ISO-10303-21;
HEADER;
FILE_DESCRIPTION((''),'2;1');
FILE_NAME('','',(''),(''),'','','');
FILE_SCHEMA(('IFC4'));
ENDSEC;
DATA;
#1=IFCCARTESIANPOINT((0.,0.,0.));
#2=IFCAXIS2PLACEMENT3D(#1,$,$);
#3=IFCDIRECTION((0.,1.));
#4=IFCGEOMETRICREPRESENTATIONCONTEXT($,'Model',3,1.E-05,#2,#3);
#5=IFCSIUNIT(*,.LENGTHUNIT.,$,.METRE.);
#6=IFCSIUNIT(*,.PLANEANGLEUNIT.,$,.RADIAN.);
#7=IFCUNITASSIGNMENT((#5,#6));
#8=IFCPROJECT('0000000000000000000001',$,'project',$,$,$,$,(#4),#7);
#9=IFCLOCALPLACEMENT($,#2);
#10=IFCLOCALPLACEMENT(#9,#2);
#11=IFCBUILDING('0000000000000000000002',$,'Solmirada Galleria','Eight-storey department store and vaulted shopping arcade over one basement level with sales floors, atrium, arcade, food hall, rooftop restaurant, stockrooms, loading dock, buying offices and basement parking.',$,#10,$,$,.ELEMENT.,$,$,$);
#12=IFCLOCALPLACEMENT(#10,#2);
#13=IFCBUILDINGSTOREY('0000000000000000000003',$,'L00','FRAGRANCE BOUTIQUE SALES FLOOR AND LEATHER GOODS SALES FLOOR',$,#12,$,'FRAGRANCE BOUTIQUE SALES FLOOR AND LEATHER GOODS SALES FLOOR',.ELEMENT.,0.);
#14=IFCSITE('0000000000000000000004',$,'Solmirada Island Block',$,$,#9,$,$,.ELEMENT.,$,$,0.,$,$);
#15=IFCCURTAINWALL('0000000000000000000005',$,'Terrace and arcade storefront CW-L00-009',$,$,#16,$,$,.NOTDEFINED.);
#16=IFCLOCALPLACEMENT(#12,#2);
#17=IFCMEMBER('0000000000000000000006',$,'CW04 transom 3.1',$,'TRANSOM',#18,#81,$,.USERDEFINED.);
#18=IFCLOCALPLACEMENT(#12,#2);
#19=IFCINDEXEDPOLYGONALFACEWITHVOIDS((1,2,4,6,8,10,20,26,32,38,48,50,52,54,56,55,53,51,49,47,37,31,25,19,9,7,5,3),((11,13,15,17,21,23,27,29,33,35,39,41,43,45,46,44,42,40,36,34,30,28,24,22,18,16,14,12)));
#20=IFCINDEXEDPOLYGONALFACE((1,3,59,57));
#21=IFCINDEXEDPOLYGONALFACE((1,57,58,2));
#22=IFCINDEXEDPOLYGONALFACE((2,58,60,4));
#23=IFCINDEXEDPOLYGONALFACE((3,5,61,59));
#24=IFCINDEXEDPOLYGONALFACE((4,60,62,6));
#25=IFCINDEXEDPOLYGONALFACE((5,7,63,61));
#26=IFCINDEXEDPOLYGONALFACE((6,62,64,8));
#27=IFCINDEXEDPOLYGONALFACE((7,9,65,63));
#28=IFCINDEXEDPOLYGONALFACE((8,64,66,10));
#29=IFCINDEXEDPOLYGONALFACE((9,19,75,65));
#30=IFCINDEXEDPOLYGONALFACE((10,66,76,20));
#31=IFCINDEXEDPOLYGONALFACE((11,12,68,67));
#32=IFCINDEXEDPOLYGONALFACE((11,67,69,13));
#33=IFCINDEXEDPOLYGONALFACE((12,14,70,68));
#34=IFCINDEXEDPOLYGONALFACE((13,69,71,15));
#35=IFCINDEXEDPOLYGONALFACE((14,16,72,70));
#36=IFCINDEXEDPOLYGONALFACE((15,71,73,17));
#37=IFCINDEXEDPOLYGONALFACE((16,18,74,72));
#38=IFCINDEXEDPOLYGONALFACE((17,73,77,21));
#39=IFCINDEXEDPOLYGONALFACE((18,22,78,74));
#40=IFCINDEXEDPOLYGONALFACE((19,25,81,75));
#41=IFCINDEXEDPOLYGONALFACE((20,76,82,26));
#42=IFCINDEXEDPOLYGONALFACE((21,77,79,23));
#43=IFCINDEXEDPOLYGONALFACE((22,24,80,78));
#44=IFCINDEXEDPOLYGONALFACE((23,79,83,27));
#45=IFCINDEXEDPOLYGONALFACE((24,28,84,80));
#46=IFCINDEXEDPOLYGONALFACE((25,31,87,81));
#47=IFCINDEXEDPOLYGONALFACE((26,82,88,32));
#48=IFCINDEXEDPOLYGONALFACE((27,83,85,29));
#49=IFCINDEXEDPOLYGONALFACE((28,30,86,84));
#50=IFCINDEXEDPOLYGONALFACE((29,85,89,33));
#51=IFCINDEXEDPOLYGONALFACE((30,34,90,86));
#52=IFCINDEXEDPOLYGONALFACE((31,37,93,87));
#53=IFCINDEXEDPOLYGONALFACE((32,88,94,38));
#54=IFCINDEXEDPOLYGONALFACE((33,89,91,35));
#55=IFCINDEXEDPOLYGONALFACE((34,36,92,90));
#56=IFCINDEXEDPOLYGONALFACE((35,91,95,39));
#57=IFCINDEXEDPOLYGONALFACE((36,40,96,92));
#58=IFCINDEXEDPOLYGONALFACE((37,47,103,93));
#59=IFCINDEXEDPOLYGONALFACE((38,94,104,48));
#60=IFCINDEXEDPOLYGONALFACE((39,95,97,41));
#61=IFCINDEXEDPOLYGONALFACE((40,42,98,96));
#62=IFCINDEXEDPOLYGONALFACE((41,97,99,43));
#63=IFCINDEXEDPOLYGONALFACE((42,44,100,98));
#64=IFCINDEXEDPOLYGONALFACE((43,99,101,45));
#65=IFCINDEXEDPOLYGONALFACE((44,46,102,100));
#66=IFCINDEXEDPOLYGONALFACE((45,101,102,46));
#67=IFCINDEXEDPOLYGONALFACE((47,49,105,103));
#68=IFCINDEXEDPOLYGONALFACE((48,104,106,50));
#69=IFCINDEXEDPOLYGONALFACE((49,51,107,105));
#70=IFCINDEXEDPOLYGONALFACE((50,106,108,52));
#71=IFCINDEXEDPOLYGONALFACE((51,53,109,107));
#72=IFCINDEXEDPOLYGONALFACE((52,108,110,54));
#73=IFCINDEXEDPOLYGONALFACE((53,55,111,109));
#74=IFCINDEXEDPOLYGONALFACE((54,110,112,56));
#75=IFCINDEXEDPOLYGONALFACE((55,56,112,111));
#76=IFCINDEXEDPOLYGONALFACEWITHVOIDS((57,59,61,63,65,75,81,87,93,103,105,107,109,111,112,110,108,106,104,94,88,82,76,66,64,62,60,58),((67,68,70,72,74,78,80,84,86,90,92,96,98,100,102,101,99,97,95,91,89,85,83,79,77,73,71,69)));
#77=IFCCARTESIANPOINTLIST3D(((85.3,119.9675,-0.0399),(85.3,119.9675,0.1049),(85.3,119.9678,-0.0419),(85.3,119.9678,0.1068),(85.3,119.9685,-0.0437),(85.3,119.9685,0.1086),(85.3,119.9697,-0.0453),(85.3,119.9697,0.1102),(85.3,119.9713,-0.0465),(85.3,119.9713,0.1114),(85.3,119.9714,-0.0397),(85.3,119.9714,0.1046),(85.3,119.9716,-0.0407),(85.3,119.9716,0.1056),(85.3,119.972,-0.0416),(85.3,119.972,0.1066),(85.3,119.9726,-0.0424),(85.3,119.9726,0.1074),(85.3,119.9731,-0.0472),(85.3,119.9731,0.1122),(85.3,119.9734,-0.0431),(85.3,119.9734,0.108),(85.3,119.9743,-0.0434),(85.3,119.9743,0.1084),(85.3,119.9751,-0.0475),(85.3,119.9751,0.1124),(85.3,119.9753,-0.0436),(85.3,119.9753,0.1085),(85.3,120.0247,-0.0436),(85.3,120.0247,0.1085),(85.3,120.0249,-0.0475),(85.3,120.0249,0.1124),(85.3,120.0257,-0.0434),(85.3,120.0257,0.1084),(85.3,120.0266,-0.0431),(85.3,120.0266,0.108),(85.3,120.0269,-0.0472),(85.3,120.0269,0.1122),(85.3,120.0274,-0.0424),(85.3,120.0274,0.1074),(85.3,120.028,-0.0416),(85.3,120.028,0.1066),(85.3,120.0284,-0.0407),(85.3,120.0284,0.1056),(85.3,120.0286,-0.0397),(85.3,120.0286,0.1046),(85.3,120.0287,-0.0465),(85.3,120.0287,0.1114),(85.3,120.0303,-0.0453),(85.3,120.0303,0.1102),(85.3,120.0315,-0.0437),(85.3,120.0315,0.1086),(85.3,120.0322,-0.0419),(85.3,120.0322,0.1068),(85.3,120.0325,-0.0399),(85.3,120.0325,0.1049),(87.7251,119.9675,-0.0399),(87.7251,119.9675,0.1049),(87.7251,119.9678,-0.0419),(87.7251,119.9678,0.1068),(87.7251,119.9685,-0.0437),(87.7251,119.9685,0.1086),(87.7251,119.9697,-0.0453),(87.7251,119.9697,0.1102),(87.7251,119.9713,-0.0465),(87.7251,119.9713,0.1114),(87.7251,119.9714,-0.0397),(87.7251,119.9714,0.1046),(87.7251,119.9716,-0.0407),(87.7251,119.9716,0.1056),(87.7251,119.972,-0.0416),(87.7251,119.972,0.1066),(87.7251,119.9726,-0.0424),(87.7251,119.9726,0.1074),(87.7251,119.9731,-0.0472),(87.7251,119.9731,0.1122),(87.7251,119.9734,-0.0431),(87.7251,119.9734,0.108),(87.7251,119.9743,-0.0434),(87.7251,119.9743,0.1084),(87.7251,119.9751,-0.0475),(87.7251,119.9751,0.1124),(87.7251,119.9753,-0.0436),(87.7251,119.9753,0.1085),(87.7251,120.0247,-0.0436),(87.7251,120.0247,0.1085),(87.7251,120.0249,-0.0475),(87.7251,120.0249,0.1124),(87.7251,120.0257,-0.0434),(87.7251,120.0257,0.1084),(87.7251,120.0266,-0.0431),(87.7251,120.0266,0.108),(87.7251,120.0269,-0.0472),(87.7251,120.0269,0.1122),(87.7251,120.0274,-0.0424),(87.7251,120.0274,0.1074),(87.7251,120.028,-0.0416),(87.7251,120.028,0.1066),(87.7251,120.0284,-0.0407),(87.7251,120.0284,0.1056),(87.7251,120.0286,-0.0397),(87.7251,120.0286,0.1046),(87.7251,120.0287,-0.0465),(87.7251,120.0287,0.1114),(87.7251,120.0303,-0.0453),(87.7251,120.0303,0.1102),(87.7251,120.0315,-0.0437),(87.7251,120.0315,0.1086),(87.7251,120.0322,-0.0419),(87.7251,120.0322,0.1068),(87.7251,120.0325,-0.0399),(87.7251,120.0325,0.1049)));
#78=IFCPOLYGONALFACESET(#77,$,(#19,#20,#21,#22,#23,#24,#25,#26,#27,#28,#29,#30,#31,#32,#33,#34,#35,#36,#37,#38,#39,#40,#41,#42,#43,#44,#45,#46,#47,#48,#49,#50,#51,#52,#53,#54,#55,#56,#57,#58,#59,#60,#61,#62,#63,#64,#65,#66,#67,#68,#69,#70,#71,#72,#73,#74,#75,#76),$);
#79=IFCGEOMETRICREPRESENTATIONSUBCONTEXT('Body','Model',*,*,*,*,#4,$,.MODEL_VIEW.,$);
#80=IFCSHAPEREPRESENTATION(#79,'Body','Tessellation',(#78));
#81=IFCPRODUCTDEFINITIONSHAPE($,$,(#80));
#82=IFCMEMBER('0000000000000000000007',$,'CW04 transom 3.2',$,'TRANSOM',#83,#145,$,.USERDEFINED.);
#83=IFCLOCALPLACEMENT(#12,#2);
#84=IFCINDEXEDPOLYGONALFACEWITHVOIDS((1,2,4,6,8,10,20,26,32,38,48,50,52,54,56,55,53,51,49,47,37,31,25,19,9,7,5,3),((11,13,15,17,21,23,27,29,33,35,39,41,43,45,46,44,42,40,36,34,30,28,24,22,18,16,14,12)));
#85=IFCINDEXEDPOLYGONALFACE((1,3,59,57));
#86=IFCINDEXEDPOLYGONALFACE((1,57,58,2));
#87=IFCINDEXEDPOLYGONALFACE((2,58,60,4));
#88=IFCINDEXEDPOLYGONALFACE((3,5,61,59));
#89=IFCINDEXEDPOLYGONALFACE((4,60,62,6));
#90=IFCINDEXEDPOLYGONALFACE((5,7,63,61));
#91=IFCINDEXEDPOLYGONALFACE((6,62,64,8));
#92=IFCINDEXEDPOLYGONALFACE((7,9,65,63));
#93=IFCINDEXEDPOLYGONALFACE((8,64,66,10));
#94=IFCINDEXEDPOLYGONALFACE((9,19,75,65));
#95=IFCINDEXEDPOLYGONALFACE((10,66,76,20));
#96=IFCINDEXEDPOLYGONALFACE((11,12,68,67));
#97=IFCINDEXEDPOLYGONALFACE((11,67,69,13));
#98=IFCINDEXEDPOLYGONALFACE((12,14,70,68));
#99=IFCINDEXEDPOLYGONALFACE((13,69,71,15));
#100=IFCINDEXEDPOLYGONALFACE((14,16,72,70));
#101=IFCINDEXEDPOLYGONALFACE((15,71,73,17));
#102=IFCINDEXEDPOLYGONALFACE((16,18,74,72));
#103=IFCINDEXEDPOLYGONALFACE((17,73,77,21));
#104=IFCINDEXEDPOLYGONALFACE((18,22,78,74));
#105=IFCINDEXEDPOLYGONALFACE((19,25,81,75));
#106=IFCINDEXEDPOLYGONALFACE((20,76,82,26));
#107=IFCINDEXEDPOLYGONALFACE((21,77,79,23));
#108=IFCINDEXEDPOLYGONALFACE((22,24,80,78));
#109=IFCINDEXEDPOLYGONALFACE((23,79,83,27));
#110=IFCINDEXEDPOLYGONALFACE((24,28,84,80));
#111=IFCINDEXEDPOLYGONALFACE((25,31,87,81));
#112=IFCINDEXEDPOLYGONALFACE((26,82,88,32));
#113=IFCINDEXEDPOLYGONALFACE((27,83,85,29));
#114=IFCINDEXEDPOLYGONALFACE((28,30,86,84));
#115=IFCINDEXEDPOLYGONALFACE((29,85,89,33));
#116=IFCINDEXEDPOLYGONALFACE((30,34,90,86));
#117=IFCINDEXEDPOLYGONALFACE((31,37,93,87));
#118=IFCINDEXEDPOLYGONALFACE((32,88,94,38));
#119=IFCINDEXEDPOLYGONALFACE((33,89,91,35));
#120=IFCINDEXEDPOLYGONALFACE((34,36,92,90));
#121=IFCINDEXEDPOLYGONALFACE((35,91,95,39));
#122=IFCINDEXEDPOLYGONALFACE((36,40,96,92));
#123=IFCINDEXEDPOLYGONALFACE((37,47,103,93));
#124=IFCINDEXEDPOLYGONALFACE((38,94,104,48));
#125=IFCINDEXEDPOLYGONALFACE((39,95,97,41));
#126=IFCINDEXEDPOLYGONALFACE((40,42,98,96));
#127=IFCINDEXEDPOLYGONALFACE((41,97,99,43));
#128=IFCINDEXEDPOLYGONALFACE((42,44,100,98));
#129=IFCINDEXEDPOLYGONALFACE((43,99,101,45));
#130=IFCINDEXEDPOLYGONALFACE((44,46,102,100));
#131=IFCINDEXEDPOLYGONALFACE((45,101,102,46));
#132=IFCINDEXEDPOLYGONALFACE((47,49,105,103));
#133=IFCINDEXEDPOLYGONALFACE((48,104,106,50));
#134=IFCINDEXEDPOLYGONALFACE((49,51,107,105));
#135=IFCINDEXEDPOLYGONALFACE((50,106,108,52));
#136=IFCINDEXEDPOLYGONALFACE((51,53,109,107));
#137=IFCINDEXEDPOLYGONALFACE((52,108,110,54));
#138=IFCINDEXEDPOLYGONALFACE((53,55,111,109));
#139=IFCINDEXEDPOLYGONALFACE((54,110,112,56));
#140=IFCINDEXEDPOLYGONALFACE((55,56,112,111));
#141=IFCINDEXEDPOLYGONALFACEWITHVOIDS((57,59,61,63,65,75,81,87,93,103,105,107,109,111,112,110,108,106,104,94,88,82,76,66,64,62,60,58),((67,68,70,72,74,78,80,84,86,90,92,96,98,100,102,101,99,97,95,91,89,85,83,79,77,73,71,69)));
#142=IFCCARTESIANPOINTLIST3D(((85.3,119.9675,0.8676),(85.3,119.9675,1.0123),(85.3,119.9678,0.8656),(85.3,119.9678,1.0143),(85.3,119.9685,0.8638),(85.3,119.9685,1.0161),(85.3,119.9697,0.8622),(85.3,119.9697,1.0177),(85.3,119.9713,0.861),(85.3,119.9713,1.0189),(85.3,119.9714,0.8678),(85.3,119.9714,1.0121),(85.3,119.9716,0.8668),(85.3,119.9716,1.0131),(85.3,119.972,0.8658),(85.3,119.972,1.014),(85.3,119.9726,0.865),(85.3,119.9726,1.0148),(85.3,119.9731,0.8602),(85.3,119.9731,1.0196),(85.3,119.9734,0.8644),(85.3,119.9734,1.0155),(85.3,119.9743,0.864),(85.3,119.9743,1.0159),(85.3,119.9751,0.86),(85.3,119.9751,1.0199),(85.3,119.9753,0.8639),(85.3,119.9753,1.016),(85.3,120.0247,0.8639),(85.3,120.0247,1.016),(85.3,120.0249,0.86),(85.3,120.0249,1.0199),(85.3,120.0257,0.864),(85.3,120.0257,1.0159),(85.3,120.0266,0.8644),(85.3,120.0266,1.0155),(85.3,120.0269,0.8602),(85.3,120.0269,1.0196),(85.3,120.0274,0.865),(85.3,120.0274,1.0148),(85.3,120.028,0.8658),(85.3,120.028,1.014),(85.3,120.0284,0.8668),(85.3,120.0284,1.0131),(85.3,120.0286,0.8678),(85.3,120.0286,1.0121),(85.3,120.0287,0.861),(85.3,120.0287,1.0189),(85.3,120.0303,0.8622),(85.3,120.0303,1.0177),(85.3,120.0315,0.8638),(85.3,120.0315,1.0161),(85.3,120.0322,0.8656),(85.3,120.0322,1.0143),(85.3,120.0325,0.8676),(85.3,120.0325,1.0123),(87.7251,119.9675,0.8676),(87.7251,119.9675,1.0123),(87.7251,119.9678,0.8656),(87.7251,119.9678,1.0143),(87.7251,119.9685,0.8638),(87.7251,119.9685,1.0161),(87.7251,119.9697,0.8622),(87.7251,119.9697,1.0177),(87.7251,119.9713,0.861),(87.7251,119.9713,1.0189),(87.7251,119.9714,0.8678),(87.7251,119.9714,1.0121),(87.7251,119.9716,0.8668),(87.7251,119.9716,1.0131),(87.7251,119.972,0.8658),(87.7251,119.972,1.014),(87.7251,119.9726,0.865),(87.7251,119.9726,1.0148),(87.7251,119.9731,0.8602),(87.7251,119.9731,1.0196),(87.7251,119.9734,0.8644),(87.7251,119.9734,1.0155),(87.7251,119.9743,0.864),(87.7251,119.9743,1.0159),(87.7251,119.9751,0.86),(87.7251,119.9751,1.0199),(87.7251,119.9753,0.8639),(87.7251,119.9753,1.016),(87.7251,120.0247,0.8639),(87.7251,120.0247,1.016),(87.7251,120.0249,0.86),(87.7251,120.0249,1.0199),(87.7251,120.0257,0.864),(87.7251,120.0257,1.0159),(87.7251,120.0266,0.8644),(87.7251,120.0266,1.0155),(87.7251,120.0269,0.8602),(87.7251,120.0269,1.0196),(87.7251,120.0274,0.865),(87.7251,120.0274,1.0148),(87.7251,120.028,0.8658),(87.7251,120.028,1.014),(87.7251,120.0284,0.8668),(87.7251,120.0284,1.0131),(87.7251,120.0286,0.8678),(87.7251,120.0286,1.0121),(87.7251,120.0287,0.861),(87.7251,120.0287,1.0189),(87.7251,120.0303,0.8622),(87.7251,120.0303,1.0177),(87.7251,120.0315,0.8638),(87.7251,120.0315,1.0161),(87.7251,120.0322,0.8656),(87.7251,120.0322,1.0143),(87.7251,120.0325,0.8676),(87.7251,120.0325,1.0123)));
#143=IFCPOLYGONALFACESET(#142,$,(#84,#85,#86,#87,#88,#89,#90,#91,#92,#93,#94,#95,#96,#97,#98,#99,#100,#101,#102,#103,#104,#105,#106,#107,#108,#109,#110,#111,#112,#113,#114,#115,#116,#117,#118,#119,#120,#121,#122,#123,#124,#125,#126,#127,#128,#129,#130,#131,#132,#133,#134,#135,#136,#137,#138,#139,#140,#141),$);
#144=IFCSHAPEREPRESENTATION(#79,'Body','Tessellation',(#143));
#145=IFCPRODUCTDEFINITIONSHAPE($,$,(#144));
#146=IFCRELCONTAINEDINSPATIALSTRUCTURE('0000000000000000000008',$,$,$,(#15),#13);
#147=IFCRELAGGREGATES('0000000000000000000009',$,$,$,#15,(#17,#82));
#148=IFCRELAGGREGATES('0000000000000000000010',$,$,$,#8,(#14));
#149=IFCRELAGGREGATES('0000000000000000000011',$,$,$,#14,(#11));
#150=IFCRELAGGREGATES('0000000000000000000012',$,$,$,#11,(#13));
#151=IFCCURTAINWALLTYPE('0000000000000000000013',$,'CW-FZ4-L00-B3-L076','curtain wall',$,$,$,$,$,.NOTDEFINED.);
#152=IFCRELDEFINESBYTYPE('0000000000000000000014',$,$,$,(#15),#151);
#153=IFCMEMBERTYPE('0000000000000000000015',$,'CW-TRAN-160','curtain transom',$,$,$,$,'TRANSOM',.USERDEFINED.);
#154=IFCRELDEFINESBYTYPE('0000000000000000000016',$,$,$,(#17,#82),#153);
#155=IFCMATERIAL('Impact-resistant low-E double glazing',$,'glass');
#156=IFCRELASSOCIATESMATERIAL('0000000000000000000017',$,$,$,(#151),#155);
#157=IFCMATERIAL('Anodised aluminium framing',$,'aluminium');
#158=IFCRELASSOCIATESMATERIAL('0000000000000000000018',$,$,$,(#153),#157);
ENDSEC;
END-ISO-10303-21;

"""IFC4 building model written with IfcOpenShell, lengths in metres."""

from ifc_helpers import new_model, si_unit, direction, frame, origin, origin_2d, place, context, subcontext, project, spatial, hollow_rectangle, extrude, material, material_profile, profile_set, type_object, element, aggregate, save


model = new_model("IFC4")

# Units and contexts
model_context = context("Model", 3, precision=1e-05, world=origin(), true_north=direction((0.0, 1.0)))
body_context = subcontext(model_context, "Body", "Model", "MODEL_VIEW")
ifc_project = project(units=[si_unit("LENGTHUNIT", "METRE"), si_unit("PLANEANGLEUNIT", "RADIAN")], contexts=[model_context])

# Site, building, storey
site_placement = place(None, origin())
site = spatial("IfcSite", under=ifc_project, at=site_placement, Name="Solmirada Island Block", CompositionType="ELEMENT", RefElevation=0.0)
building_placement = place(site_placement, origin())
building = spatial("IfcBuilding", under=site, at=building_placement, Name="Solmirada Galleria", Description="Eight-storey department store and vaulted shopping arcade over one basement level with sales floors, atrium, arcade, food hall, rooftop restaurant, stockrooms, loading dock, buying offices and basement parking.", CompositionType="ELEMENT")
storey_placement = place(building_placement, origin())
storey = spatial("IfcBuildingStorey", under=building, at=storey_placement, Name="L00", Description="FRAGRANCE BOUTIQUE SALES FLOOR AND LEATHER GOODS SALES FLOOR", LongName="FRAGRANCE BOUTIQUE SALES FLOOR AND LEATHER GOODS SALES FLOOR", CompositionType="ELEMENT", Elevation=0.0)

# Curtain wall, members
ifc_material_1 = material(Name="Impact-resistant low-E double glazing", Category="glass")
curtain_wall_type = type_object("IfcCurtainWallType", Name="CW-FZ4-L00-B3-L076", Description="curtain wall", PredefinedType="NOTDEFINED", material=ifc_material_1)
curtain_wall_placement = place(storey_placement, origin())
curtain_wall = element("IfcCurtainWall", 1, at=curtain_wall_placement, inside=storey, type_object=curtain_wall_type, Name="Terrace and arcade storefront CW-L00-009", PredefinedType="NOTDEFINED")
ifc_material_2 = material(Name="Anodised aluminium framing", Category="aluminium")
ifc_material_profile_1 = material_profile(ifc_material_2, hollow_rectangle(XDim=0.0649, YDim=0.1599, WallThickness=0.0039, InnerFilletRadius=0.0039, OuterFilletRadius=0.0076, at=origin_2d()), Name="ALU-TRAN-160X65")
ifc_profile_set_1 = profile_set([ifc_material_profile_1], Name="Anodised aluminium framing")
member_type_1 = type_object("IfcMemberType", Name="CW-TRAN-160", Description="curtain transom", ElementType="TRANSOM", PredefinedType="USERDEFINED", material=ifc_profile_set_1)
member_1_placement = place(storey_placement, frame((85.3, 120.0, 0.0325), z_axis=(1.0, 0.0, 0.0), x_axis=(0.0, 1.0, 0.0)))
member_1 = element("IfcMember", 2, at=member_1_placement, type_object=member_type_1, Name="CW04 transom 3.1", ObjectType="TRANSOM", PredefinedType="USERDEFINED", context=body_context, shape_type="SweptSolid", body=[
    extrude(hollow_rectangle(XDim=0.0649, YDim=0.1599, WallThickness=0.0039, InnerFilletRadius=0.0039, OuterFilletRadius=0.0076, at=origin_2d()), origin(), (0.0, 0.0, 1.0), 2.425),
])
member_2_placement = place(storey_placement, frame((85.3, 120.0, 0.9399), z_axis=(1.0, 0.0, 0.0), x_axis=(0.0, 1.0, 0.0)))
member_2 = element("IfcMember", 3, at=member_2_placement, type_object=member_type_1, Name="CW04 transom 3.2", ObjectType="TRANSOM", PredefinedType="USERDEFINED", context=body_context, shape_type="SweptSolid", body=[
    extrude(hollow_rectangle(XDim=0.0649, YDim=0.1599, WallThickness=0.0039, InnerFilletRadius=0.0039, OuterFilletRadius=0.0076, at=origin_2d()), origin(), (0.0, 0.0, 1.0), 2.425),
])
aggregate(curtain_wall, [member_1, member_2])

save(model, "model.ifc")
